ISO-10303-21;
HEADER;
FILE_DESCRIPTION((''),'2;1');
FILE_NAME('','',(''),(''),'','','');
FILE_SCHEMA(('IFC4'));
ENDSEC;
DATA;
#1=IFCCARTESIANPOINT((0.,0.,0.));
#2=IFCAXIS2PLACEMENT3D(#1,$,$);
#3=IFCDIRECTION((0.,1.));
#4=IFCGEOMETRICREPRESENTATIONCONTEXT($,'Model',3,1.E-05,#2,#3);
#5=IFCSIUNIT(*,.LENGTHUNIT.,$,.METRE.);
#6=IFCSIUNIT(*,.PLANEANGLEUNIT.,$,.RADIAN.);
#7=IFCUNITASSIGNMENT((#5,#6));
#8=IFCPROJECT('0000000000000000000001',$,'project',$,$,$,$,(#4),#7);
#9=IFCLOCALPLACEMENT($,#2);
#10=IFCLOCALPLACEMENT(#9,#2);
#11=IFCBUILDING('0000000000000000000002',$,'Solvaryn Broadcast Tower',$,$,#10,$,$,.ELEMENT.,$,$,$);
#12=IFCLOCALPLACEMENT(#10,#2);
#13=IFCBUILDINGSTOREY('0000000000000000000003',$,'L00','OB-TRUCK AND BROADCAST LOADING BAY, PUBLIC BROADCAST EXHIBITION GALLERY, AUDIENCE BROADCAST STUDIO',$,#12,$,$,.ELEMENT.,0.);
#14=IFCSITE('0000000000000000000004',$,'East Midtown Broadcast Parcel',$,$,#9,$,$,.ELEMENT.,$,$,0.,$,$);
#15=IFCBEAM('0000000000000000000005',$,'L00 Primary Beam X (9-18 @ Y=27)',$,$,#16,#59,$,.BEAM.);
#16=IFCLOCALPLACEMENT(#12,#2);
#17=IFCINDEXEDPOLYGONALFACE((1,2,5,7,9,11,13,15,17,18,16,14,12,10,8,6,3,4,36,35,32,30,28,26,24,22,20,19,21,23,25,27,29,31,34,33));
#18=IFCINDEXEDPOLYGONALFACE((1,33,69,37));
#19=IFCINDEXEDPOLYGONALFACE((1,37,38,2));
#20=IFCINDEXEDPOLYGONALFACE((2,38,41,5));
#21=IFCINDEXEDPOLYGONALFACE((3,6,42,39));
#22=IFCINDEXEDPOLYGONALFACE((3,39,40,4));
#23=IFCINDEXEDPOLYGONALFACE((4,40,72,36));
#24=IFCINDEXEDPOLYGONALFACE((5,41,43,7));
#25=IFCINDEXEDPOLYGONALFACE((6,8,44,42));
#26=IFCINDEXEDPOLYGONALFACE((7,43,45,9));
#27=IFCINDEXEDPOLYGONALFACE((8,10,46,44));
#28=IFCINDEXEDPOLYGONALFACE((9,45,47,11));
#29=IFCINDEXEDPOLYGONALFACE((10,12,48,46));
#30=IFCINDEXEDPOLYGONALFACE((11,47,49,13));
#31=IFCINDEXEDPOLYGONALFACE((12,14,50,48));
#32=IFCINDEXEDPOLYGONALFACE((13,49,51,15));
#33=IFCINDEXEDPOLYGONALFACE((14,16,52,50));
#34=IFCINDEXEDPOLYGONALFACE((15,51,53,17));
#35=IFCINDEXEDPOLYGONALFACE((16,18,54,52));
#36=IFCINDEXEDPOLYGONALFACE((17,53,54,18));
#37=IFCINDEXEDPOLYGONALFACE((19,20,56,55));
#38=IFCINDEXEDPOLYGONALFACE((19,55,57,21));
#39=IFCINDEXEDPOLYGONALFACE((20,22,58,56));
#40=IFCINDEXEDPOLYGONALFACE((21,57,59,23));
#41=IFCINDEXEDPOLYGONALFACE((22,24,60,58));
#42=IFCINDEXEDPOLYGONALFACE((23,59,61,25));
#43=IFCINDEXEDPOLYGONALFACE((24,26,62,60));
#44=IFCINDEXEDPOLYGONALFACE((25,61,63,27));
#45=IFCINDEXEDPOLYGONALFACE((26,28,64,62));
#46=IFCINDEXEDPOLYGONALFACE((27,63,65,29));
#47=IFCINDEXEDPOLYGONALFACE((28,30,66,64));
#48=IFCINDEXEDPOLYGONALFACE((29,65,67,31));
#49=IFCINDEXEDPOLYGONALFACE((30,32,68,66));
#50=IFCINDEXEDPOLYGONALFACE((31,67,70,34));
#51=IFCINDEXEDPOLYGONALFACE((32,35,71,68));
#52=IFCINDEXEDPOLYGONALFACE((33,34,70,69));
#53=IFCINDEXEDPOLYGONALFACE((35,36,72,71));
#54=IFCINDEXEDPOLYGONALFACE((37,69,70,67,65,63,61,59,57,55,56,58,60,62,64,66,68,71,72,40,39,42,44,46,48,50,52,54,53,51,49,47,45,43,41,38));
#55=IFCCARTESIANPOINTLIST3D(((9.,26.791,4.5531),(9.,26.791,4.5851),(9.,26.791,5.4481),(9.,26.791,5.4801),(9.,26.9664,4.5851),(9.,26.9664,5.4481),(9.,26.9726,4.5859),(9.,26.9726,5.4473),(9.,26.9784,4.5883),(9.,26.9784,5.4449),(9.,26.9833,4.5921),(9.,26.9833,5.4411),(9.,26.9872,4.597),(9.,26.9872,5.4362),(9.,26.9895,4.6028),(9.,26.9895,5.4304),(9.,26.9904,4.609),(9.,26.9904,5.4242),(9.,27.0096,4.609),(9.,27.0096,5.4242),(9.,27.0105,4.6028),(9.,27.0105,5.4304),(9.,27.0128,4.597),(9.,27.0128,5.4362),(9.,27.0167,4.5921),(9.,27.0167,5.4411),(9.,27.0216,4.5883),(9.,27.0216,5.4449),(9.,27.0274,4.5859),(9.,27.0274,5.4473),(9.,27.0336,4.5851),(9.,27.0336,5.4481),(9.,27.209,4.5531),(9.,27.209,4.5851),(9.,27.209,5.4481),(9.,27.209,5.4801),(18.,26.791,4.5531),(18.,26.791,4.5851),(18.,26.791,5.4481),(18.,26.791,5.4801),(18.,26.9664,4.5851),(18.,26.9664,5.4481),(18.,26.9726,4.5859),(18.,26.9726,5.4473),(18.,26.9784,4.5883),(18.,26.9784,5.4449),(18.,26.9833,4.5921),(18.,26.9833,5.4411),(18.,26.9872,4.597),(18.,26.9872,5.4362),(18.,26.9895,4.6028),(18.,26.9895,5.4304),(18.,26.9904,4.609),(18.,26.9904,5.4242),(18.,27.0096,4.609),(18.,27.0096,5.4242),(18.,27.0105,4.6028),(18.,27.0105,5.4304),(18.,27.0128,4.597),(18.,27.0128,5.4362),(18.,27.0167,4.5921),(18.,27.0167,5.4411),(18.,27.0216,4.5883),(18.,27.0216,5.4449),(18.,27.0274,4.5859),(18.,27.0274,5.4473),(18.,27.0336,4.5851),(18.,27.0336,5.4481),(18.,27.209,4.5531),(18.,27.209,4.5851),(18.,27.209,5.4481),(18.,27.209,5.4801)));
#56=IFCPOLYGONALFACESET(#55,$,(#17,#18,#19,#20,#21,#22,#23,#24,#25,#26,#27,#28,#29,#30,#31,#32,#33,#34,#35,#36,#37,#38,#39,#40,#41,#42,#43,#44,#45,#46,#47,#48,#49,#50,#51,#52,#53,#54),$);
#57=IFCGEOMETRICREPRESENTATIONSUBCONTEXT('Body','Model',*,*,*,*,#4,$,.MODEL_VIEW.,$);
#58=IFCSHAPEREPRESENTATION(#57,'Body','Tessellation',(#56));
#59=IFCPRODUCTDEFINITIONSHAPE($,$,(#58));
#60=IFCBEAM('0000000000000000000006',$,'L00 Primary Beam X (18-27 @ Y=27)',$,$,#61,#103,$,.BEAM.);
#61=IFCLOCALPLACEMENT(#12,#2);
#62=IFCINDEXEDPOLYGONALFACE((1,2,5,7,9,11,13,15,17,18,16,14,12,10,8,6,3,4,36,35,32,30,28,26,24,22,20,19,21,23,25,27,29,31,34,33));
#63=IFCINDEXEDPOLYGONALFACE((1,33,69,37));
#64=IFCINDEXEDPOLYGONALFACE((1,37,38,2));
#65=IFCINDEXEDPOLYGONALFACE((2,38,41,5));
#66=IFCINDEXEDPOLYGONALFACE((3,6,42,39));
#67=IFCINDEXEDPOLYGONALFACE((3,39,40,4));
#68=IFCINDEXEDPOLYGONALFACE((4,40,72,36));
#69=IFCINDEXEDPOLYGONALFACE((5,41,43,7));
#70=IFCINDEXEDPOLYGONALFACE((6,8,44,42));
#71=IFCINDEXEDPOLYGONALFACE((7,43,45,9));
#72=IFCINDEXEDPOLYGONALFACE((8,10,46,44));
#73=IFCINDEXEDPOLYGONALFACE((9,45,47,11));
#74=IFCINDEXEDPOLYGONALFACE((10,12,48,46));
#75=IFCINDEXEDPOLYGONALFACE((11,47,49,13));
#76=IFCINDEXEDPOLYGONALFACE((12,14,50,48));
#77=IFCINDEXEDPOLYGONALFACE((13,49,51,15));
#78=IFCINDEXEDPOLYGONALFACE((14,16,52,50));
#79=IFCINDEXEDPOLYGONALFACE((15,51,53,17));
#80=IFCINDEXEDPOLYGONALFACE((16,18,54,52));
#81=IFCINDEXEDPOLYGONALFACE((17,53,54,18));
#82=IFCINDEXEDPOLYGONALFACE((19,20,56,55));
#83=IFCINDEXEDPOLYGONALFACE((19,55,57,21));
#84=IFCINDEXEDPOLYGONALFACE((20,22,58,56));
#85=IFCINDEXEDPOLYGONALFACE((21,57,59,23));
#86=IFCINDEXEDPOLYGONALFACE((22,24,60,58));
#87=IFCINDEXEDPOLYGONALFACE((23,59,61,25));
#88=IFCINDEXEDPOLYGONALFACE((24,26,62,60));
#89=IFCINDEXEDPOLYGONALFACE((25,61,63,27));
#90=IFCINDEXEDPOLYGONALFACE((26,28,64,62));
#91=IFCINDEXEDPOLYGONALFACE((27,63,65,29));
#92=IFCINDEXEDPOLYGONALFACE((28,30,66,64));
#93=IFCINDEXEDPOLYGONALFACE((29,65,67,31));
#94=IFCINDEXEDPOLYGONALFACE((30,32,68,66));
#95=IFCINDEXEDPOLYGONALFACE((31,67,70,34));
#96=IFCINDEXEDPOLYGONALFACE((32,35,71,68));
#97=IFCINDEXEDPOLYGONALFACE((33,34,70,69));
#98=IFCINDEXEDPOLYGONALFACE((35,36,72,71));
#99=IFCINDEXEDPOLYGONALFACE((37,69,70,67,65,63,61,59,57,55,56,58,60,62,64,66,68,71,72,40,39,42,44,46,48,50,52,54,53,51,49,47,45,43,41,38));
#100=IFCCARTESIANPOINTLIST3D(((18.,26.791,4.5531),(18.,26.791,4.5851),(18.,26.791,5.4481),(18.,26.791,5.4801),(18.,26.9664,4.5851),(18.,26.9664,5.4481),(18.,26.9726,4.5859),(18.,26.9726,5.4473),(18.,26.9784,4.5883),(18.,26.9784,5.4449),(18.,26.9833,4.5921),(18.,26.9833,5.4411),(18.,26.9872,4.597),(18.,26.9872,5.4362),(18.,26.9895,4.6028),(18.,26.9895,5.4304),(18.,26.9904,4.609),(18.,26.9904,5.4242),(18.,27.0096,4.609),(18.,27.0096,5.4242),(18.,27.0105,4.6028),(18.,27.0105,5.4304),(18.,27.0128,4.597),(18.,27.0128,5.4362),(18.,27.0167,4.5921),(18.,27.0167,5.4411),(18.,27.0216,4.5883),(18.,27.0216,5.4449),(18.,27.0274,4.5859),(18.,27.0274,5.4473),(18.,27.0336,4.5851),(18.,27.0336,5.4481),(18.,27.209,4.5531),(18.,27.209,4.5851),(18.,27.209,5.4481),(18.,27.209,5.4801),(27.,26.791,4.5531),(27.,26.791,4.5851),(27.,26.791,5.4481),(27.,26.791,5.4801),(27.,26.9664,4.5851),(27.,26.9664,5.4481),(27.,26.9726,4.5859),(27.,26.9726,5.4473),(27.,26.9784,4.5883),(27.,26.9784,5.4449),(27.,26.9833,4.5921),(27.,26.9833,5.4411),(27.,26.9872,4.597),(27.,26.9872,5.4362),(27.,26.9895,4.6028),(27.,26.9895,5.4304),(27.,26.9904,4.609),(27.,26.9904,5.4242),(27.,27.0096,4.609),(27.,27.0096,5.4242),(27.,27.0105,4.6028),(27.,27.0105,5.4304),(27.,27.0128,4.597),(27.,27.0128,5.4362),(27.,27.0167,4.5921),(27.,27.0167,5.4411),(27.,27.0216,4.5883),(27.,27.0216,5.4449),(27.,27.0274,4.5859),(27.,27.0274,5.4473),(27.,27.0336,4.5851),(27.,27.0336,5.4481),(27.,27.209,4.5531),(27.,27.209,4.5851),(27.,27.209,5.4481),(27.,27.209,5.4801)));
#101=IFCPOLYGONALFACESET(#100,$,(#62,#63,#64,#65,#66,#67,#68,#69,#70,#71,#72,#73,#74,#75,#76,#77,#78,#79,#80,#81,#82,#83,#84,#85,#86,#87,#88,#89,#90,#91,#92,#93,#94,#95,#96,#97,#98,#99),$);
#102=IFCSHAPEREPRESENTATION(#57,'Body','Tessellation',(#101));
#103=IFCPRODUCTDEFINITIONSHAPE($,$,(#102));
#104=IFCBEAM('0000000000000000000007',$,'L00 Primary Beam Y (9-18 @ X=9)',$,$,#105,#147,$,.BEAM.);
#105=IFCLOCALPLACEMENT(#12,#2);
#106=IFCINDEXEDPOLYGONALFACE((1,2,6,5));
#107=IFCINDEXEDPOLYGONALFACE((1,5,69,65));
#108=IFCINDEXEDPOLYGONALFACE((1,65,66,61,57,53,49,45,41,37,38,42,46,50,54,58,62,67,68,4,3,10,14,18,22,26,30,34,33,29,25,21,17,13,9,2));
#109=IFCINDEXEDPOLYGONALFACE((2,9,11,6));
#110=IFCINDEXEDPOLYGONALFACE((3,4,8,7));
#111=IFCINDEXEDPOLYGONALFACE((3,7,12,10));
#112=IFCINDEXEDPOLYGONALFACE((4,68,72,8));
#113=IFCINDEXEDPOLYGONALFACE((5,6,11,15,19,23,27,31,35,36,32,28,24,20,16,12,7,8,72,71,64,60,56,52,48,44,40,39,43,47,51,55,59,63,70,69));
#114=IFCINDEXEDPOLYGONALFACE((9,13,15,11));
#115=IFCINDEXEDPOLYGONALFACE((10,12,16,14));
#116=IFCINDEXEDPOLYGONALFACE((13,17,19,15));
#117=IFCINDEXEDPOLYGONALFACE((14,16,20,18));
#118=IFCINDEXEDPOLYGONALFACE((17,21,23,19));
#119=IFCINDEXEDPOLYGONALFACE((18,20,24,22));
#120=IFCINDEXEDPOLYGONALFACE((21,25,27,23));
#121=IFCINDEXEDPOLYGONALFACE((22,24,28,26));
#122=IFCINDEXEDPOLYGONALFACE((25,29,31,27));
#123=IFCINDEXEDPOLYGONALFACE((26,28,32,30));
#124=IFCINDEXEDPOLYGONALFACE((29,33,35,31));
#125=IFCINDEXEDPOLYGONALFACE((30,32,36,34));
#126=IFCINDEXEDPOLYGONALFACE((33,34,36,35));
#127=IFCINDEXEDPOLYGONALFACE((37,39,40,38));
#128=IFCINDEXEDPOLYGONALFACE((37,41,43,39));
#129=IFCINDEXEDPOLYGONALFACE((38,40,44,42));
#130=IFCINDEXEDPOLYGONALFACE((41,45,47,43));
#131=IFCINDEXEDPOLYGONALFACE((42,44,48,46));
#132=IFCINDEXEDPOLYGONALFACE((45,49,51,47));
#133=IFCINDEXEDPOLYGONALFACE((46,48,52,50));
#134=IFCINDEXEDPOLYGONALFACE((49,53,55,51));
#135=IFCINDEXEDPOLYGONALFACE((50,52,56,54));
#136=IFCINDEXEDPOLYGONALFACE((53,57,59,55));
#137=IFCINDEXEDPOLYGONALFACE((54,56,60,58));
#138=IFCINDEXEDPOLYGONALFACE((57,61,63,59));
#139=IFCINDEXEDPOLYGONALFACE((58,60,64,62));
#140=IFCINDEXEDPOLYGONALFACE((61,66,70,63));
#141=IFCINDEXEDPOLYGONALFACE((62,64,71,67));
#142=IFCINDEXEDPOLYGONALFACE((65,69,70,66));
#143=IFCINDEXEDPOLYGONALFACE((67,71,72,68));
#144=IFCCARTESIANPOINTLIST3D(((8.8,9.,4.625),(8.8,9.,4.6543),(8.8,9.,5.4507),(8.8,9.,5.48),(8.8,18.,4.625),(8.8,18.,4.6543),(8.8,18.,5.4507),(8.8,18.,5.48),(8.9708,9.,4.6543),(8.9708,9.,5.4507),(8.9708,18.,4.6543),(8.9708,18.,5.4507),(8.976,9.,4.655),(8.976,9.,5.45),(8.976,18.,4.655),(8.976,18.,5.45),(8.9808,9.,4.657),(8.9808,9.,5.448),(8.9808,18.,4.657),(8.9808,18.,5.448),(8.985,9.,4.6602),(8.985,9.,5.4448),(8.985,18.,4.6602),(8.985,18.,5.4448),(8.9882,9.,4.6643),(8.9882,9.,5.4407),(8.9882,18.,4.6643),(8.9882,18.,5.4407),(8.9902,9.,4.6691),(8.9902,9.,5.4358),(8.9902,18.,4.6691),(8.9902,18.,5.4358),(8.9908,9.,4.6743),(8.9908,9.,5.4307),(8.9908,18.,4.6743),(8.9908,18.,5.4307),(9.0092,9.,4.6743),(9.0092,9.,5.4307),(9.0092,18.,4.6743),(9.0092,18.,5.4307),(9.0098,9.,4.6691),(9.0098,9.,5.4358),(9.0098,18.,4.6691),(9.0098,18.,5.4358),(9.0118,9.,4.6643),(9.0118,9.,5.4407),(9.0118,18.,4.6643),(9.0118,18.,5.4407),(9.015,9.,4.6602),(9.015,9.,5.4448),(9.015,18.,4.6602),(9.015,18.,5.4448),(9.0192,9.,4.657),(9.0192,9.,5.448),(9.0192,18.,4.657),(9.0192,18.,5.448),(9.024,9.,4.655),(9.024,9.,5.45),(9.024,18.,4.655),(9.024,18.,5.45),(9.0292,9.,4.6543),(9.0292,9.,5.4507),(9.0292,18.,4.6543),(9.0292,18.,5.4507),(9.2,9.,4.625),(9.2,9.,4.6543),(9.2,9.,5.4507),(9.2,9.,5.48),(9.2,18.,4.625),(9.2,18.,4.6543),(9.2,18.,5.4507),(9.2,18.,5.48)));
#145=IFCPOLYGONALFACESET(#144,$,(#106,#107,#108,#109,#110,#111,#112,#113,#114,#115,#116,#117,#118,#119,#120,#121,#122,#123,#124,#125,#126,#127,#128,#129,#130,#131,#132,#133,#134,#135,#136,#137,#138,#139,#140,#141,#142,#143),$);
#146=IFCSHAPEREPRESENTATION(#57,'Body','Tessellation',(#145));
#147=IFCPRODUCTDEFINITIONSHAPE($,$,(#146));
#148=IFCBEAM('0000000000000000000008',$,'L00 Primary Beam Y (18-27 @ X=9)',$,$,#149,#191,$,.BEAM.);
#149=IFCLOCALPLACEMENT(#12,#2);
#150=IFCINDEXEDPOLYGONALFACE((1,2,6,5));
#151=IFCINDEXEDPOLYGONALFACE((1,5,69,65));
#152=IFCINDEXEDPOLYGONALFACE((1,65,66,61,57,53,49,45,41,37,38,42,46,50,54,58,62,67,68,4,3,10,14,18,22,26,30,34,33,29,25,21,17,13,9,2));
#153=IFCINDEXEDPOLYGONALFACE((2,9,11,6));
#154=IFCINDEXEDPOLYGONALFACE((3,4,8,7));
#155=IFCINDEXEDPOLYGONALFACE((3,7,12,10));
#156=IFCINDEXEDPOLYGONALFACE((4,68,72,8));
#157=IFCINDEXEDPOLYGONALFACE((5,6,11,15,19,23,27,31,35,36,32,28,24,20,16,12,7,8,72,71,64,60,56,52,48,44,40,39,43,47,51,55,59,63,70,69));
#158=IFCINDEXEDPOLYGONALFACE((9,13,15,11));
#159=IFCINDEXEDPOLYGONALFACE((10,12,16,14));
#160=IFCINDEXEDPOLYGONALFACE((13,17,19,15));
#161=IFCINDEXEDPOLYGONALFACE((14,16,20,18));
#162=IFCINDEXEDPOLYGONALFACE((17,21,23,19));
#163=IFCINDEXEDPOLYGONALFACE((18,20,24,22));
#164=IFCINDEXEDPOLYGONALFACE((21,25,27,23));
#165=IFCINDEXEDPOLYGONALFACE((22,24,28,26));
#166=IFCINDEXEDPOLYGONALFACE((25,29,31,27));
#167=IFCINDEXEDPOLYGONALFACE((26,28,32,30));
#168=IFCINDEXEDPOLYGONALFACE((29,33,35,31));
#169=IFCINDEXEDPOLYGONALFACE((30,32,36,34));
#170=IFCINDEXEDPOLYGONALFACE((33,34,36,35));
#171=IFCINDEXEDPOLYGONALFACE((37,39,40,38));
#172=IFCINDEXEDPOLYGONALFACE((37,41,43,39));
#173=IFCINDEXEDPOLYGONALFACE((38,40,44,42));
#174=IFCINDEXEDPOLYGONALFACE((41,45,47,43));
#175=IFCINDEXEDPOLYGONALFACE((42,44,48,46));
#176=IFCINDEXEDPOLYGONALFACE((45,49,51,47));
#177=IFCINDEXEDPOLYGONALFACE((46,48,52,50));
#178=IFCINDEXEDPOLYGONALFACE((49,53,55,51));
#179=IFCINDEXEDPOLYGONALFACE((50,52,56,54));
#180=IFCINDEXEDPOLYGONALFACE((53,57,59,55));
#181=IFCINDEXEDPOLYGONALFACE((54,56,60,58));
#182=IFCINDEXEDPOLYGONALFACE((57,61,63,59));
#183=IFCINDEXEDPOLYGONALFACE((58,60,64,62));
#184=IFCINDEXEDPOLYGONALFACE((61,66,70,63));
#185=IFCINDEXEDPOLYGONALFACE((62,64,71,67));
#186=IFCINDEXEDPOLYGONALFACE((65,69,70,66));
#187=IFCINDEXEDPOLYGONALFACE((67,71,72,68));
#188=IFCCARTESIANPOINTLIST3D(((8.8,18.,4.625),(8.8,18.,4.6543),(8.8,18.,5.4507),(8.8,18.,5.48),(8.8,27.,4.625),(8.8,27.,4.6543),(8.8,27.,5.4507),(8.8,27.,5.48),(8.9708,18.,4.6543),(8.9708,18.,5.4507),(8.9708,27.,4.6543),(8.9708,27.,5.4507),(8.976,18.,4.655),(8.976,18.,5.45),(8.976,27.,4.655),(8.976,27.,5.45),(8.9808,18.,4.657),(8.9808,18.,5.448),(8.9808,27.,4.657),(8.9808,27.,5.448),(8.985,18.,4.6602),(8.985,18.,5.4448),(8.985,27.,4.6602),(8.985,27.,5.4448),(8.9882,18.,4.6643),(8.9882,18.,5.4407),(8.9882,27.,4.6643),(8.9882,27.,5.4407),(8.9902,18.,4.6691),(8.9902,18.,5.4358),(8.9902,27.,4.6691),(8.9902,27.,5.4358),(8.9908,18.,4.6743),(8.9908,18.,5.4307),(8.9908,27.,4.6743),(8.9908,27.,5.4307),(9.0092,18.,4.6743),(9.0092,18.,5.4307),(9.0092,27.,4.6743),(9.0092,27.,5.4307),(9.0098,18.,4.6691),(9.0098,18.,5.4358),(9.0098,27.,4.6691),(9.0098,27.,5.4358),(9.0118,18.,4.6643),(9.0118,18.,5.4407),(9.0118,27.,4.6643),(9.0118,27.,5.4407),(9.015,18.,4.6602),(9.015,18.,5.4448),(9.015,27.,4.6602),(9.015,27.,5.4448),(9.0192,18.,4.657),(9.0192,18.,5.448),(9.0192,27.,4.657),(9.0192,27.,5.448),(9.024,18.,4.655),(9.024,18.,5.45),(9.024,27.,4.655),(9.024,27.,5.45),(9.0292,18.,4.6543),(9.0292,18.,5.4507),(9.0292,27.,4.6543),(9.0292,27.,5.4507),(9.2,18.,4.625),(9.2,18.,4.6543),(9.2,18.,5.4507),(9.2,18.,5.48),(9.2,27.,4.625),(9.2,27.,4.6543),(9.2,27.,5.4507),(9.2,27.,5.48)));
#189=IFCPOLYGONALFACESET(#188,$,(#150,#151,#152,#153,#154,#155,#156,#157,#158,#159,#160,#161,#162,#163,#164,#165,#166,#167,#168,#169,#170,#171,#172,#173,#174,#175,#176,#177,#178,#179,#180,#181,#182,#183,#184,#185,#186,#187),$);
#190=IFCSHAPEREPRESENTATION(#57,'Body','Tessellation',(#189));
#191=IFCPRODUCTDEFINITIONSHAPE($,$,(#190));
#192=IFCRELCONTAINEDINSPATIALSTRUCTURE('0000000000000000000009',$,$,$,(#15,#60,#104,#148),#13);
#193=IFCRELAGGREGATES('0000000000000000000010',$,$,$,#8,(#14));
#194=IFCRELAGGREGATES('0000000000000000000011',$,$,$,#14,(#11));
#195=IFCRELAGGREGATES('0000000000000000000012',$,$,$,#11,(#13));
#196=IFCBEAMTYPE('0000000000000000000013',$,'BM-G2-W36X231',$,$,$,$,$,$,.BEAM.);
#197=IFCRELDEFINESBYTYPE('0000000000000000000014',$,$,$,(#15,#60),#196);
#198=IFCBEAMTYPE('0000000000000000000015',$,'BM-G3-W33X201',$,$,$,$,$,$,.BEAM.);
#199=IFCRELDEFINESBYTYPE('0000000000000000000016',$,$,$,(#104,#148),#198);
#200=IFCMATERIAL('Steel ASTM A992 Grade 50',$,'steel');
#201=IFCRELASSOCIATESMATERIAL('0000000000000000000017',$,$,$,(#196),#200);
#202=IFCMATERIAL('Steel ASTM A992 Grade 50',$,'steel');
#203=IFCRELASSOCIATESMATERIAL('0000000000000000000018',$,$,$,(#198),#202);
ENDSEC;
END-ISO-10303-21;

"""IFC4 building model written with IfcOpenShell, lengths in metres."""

from ifc_helpers import new_model, si_unit, direction, frame, origin, origin_2d, place, context, subcontext, project, spatial, i_section, extrude, material, material_profile, profile_set, type_object, element, save


model = new_model("IFC4")

# Units and contexts
model_context = context("Model", 3, precision=1e-05, world=origin(), true_north=direction((0.0, 1.0)))
body_context = subcontext(model_context, "Body", "Model", "MODEL_VIEW")
ifc_project = project(units=[si_unit("LENGTHUNIT", "METRE"), si_unit("PLANEANGLEUNIT", "RADIAN")], contexts=[model_context])

# Site, building, storey
site_placement = place(None, origin())
site = spatial("IfcSite", under=ifc_project, at=site_placement, Name="East Midtown Broadcast Parcel", CompositionType="ELEMENT", RefElevation=0.0)
building_placement = place(site_placement, origin())
building = spatial("IfcBuilding", under=site, at=building_placement, Name="Solvaryn Broadcast Tower", CompositionType="ELEMENT")
storey_placement = place(building_placement, origin())
storey = spatial("IfcBuildingStorey", under=building, at=storey_placement, Name="L00", Description="OB-TRUCK AND BROADCAST LOADING BAY, PUBLIC BROADCAST EXHIBITION GALLERY, AUDIENCE BROADCAST STUDIO", CompositionType="ELEMENT", Elevation=0.0)

# Beams
ifc_material_1 = material(Name="Steel ASTM A992 Grade 50", Category="steel")
ifc_material_profile_1 = material_profile(ifc_material_1, i_section(OverallWidth=0.418, OverallDepth=0.927, WebThickness=0.0193, FlangeThickness=0.032, FilletRadius=0.0239, at=origin_2d()))
ifc_profile_set_1 = profile_set([ifc_material_profile_1], Name="Steel ASTM A992 Grade 50")
beam_type_1 = type_object("IfcBeamType", Name="BM-G2-W36X231", PredefinedType="BEAM", material=ifc_profile_set_1)
for number, where, z_axis, x_axis, name in (
    (1, (9.0, 27.0, 5.0166), (1.0, 0.0, 0.0), (0.0, 1.0, 0.0), "L00 Primary Beam X (9-18 @ Y=27)"),
    (2, (18.0, 27.0, 5.0166), (1.0, 0.0, 0.0), (0.0, 1.0, 0.0), "L00 Primary Beam X (18-27 @ Y=27)"),
):
    element("IfcBeam", number, at=place(storey_placement, frame(where, z_axis=z_axis, x_axis=x_axis)), inside=storey, type_object=beam_type_1, Name=name, PredefinedType="BEAM", context=body_context, shape_type="SweptSolid", body=[
        extrude(i_section(OverallWidth=0.418, OverallDepth=0.927, WebThickness=0.0193, FlangeThickness=0.032, FilletRadius=0.0239, at=origin_2d()), origin(), (0.0, 0.0, 1.0), 9.0),
    ])
ifc_material_2 = material(Name="Steel ASTM A992 Grade 50", Category="steel")
ifc_material_profile_2 = material_profile(ifc_material_2, i_section(OverallWidth=0.3999, OverallDepth=0.855, WebThickness=0.0183, FlangeThickness=0.0293, FilletRadius=0.02, at=origin_2d()))
ifc_profile_set_2 = profile_set([ifc_material_profile_2], Name="Steel ASTM A992 Grade 50")
beam_type_2 = type_object("IfcBeamType", Name="BM-G3-W33X201", PredefinedType="BEAM", material=ifc_profile_set_2)
for number, where, z_axis, x_axis, name in (
    (3, (9.0, 9.0, 5.0525), (0.0, 1.0, 0.0), (-1.0, 0.0, 0.0), "L00 Primary Beam Y (9-18 @ X=9)"),
    (4, (9.0, 18.0, 5.0525), (0.0, 1.0, 0.0), (-1.0, 0.0, 0.0), "L00 Primary Beam Y (18-27 @ X=9)"),
):
    element("IfcBeam", number, at=place(storey_placement, frame(where, z_axis=z_axis, x_axis=x_axis)), inside=storey, type_object=beam_type_2, Name=name, PredefinedType="BEAM", context=body_context, shape_type="SweptSolid", body=[
        extrude(i_section(OverallWidth=0.3999, OverallDepth=0.855, WebThickness=0.0183, FlangeThickness=0.0293, FilletRadius=0.02, at=origin_2d()), origin(), (0.0, 0.0, 1.0), 9.0),
    ])

save(model, "model.ifc")
